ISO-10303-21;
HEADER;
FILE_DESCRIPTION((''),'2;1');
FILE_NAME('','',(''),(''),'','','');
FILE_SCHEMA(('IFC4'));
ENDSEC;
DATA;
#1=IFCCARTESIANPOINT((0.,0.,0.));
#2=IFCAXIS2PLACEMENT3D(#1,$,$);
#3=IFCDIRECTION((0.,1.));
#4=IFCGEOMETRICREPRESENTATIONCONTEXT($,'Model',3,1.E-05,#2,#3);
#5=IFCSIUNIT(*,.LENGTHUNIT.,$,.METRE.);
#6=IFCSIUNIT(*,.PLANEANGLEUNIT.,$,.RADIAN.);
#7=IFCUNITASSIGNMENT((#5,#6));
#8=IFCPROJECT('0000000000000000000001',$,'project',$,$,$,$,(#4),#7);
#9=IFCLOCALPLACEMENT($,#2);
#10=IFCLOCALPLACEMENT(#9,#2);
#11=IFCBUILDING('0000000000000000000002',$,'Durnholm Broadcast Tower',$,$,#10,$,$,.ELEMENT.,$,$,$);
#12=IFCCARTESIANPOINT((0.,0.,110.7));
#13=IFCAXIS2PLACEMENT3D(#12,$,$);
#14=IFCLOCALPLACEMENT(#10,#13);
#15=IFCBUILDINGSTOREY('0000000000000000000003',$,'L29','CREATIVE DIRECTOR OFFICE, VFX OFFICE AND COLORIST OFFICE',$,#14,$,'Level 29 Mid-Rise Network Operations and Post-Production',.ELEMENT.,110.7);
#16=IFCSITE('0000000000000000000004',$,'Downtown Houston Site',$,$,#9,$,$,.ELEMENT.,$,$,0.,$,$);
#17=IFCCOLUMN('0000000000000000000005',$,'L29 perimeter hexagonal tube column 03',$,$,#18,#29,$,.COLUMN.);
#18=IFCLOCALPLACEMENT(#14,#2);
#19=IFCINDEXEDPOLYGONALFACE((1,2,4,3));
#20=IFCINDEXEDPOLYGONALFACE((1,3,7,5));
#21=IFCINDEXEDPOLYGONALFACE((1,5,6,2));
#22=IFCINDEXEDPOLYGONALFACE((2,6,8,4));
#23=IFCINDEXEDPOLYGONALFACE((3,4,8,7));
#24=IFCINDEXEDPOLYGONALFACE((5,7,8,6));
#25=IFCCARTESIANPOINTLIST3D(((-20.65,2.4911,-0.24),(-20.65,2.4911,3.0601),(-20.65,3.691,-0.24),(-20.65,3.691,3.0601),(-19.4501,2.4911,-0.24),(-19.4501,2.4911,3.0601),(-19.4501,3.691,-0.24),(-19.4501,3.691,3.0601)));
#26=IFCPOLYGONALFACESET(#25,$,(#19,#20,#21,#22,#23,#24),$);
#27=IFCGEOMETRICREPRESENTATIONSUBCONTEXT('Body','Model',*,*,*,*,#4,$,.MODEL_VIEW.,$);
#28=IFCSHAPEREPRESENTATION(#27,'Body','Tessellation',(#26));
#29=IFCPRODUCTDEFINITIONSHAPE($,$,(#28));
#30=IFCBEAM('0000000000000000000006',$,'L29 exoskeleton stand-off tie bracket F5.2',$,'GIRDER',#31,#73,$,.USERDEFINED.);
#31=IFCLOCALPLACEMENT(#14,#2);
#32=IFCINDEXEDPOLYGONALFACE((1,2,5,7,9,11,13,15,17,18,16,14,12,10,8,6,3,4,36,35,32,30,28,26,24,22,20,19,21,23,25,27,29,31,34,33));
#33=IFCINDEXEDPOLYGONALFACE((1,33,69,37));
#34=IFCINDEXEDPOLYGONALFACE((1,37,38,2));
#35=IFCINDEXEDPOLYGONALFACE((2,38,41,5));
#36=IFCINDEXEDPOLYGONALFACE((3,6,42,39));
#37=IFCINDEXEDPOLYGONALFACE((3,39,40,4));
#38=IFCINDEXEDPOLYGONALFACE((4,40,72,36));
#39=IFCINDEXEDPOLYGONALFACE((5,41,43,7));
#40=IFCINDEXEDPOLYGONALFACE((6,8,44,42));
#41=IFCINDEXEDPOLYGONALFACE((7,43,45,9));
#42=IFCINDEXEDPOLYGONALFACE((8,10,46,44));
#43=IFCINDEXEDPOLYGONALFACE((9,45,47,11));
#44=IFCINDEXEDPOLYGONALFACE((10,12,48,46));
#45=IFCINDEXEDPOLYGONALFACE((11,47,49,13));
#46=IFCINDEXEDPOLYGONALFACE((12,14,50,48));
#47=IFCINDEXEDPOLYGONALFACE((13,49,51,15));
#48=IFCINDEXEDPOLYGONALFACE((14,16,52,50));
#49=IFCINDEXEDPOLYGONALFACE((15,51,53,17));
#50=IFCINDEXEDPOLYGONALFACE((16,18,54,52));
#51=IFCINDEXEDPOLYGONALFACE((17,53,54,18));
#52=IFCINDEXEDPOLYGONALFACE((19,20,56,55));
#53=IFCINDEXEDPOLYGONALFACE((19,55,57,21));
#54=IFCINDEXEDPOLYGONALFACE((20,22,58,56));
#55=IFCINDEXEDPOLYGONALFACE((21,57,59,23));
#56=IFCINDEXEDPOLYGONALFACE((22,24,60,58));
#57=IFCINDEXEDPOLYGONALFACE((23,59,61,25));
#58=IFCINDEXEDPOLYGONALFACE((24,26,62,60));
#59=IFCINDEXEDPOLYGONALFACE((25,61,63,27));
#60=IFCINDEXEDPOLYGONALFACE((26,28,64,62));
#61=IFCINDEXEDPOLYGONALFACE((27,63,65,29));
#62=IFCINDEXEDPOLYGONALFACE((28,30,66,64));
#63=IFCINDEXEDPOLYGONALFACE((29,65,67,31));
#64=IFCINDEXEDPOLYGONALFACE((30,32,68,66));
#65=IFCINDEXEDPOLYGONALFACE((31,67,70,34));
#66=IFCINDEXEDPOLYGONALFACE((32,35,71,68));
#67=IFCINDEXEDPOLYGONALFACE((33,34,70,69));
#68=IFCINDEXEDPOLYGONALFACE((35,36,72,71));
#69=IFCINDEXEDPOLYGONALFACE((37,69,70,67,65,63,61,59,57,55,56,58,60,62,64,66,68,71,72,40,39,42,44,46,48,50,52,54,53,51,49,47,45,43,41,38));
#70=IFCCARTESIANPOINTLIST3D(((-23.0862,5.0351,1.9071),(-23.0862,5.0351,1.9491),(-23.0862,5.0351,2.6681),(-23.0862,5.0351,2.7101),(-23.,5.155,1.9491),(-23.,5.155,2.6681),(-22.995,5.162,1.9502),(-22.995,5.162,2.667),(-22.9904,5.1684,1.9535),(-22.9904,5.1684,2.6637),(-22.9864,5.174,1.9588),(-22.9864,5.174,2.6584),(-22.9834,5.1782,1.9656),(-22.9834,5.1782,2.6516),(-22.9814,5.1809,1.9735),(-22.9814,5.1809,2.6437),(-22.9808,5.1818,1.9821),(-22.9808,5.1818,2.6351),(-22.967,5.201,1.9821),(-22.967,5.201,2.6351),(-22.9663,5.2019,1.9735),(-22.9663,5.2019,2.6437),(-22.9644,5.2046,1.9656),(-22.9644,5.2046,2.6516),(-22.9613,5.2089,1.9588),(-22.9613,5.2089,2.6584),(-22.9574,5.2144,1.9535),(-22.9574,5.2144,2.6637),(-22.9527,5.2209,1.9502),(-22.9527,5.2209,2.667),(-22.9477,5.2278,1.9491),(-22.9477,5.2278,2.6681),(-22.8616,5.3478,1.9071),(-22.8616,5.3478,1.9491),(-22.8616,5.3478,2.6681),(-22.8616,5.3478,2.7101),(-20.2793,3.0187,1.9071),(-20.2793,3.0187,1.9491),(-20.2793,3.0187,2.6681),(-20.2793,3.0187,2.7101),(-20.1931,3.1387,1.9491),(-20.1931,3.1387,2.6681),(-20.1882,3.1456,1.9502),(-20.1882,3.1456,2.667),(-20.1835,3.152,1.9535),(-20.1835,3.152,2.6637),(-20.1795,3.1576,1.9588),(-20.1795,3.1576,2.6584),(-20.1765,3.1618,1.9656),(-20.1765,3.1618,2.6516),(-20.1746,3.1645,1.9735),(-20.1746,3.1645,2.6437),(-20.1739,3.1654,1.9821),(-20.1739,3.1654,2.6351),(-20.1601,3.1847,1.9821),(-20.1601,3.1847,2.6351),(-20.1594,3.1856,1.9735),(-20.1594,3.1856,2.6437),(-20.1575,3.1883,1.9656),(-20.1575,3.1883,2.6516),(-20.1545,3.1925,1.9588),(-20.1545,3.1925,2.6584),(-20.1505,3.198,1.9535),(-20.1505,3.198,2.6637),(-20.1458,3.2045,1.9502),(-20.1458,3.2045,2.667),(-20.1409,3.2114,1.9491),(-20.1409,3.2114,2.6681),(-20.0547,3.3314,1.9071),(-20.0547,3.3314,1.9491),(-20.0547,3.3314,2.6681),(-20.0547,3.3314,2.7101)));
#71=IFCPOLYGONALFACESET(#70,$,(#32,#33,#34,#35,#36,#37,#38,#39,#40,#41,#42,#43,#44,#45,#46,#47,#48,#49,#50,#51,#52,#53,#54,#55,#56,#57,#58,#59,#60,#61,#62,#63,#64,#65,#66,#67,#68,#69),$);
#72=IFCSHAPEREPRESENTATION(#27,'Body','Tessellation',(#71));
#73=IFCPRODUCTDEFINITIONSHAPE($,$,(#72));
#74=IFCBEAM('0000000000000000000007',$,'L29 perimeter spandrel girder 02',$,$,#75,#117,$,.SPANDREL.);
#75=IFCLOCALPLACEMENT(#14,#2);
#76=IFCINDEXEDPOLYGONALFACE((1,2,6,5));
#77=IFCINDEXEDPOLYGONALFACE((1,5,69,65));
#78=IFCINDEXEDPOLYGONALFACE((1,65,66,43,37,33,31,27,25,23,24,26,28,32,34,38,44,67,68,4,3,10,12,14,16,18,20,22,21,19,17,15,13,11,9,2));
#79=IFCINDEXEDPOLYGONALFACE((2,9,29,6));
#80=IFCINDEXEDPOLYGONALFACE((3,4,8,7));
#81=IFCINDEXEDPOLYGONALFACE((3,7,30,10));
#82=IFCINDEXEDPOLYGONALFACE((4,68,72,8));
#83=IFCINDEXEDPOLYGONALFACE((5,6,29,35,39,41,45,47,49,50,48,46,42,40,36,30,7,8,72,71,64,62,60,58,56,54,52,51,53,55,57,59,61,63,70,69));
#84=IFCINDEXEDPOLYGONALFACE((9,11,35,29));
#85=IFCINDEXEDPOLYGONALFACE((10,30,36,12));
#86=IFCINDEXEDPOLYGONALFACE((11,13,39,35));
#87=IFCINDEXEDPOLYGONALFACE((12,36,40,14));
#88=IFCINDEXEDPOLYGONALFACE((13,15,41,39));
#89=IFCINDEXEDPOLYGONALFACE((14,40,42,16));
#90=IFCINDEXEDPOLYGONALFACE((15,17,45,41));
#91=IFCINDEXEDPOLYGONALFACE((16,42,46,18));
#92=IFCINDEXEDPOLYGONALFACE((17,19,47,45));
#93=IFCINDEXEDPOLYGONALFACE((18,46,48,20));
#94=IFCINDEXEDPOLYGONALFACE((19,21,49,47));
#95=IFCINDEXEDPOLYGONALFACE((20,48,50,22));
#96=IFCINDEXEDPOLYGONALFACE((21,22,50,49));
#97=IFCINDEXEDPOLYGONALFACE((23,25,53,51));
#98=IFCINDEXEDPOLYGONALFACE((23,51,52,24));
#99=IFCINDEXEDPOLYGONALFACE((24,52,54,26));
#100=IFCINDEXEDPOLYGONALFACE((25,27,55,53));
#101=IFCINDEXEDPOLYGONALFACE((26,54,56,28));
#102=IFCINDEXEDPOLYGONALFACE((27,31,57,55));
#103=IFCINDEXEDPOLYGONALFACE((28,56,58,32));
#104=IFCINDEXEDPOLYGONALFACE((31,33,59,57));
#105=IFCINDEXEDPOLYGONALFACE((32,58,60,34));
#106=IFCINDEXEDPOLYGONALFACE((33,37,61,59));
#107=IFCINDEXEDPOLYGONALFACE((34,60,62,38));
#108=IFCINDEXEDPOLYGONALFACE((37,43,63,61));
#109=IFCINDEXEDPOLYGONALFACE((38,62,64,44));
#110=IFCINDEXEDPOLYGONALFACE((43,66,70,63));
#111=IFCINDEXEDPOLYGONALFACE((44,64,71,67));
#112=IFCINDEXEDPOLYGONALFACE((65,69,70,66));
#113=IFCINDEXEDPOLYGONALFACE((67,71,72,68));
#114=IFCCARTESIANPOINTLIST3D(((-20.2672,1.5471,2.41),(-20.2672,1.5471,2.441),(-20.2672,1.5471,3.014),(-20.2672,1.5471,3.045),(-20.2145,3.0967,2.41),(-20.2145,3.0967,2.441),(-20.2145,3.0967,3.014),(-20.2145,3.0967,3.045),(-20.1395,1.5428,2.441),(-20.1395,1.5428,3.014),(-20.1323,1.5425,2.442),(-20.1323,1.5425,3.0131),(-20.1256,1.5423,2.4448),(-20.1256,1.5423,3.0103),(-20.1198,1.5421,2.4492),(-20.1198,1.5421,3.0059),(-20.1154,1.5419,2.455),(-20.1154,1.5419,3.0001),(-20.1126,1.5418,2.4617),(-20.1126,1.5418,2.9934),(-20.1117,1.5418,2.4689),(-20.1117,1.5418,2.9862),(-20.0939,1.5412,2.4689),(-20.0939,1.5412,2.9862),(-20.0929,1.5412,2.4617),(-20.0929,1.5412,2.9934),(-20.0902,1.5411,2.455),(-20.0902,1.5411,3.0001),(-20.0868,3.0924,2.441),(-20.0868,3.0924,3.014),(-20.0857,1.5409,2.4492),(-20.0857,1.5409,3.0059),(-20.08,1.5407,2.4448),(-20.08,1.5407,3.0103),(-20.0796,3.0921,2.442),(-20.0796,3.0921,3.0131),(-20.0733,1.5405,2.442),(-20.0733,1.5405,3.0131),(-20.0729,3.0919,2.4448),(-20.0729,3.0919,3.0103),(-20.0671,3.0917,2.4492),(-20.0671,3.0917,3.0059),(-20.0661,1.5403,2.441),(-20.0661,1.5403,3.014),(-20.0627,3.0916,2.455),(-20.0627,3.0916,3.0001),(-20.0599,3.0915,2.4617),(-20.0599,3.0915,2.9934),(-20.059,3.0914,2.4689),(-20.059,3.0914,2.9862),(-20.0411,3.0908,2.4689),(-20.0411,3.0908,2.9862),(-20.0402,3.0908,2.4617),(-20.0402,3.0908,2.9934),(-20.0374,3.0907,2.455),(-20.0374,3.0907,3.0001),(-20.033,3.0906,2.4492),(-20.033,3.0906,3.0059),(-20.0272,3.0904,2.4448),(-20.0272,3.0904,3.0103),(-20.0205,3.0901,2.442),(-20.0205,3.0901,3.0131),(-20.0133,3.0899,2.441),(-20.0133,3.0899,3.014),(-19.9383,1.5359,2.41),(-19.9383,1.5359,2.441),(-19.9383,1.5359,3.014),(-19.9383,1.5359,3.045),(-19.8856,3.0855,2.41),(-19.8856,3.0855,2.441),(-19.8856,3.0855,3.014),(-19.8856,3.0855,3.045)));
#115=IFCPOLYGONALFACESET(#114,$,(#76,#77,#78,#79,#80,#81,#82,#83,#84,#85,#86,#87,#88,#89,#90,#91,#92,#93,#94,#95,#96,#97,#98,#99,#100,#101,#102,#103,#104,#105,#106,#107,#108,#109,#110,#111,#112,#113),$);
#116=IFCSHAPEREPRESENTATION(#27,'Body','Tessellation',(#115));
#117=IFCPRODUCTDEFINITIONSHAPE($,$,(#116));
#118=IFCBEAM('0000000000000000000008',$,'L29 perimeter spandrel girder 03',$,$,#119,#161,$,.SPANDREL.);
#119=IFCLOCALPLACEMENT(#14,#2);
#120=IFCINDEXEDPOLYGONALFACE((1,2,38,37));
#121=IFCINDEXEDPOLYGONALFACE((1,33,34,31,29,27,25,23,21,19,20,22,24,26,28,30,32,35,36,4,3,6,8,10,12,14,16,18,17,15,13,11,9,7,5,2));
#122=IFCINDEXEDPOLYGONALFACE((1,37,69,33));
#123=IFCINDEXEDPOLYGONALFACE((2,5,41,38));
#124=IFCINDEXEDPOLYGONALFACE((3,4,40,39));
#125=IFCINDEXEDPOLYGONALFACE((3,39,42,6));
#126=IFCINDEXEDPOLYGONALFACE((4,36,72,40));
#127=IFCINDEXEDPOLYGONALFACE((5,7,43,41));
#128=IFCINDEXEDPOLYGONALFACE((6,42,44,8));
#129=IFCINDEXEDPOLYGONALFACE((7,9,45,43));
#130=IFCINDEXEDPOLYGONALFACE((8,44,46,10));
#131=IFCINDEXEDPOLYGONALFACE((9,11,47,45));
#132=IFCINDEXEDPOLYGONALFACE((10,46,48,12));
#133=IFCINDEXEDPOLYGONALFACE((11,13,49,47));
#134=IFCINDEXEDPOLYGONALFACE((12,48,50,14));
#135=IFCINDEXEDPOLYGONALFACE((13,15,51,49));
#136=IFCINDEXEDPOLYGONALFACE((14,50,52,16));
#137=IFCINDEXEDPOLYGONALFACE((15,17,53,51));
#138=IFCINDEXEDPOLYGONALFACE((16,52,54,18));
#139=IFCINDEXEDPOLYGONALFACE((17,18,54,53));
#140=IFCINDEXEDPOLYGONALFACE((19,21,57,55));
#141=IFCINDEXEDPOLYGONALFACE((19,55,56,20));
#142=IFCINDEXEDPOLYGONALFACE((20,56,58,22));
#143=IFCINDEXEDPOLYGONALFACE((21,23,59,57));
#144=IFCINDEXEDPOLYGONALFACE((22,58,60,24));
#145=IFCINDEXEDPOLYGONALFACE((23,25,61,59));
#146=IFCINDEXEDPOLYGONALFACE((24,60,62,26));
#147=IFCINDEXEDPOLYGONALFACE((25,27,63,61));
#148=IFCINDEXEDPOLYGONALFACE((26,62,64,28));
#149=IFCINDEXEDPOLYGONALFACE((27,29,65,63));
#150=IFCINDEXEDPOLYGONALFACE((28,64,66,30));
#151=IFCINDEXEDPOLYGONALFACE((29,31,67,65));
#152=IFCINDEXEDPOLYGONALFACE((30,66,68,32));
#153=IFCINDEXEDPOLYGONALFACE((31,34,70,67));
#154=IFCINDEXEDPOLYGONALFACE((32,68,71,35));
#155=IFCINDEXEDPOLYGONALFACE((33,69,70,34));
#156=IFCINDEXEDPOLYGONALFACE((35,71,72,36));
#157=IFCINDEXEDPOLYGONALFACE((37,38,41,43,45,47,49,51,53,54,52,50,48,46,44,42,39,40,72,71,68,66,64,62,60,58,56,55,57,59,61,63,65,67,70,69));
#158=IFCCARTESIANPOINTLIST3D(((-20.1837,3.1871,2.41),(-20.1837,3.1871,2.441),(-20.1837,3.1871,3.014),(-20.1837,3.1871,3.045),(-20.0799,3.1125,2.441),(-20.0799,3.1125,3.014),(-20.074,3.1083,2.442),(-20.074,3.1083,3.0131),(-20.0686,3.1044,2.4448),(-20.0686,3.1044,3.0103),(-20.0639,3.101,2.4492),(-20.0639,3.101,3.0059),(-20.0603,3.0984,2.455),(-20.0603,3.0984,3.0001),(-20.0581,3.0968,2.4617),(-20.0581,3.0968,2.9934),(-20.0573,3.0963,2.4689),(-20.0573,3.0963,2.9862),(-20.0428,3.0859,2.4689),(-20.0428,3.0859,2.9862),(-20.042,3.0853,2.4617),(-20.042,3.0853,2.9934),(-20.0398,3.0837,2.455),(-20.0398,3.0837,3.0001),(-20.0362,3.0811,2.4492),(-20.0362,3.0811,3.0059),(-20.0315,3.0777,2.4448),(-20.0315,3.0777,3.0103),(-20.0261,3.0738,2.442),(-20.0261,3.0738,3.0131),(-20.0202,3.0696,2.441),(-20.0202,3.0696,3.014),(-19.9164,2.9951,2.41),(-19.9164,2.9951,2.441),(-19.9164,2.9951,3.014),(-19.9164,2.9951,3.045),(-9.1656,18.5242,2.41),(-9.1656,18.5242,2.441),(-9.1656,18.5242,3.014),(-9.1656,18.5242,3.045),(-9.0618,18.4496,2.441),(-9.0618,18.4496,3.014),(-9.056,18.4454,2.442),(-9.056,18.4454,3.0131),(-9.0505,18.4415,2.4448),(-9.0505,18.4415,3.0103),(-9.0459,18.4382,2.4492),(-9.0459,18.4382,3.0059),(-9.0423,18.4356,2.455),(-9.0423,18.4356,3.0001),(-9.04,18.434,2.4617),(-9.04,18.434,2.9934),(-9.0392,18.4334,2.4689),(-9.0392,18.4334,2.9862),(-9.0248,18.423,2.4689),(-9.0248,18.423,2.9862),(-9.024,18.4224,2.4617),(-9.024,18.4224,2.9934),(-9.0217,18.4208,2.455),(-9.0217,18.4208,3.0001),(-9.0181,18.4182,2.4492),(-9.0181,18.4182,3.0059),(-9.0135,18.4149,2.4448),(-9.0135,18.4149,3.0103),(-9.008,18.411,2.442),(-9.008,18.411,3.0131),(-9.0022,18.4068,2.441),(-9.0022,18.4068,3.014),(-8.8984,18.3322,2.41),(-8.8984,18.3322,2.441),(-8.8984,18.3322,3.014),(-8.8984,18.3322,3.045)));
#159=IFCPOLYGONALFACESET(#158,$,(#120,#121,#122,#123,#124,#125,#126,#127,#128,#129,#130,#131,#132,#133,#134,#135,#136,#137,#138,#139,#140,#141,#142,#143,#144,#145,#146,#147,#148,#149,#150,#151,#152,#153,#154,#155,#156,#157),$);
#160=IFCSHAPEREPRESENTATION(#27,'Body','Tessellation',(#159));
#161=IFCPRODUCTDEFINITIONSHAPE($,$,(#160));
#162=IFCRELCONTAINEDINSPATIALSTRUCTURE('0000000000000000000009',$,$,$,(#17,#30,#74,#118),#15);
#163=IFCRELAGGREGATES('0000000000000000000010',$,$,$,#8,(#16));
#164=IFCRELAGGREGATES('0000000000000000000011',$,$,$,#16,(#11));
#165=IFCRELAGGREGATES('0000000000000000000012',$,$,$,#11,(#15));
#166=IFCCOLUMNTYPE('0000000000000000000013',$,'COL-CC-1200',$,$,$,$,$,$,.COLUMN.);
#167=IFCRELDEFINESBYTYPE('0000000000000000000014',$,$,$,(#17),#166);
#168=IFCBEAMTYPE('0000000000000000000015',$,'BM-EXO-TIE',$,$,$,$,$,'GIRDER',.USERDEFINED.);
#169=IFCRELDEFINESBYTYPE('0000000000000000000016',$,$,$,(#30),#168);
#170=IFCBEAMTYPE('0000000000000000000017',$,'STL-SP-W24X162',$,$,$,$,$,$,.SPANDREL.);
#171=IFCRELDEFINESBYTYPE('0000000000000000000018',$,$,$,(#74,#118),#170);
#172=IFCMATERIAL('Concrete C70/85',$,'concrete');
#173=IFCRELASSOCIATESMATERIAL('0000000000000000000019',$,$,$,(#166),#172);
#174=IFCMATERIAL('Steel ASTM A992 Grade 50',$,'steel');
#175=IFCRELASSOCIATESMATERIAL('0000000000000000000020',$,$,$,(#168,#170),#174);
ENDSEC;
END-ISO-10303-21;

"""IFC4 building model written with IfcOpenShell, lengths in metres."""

from ifc_helpers import new_model, si_unit, direction, frame, origin, origin_2d, place, context, subcontext, project, spatial, rectangle, i_section, extrude, source, transform, mapped, material, material_profile, profile_set, type_object, type_shapes, element, save


model = new_model("IFC4")

# Units and contexts
model_context = context("Model", 3, precision=1e-05, world=origin(), true_north=direction((0.0, 1.0)))
body_context = subcontext(model_context, "Body", "Model", "MODEL_VIEW")
ifc_project = project(units=[si_unit("LENGTHUNIT", "METRE"), si_unit("PLANEANGLEUNIT", "RADIAN")], contexts=[model_context])

# Site, building, storey
site_placement = place(None, origin())
site = spatial("IfcSite", under=ifc_project, at=site_placement, Name="Downtown Houston Site", CompositionType="ELEMENT", RefElevation=0.0)
building_placement = place(site_placement, origin())
building = spatial("IfcBuilding", under=site, at=building_placement, Name="Durnholm Broadcast Tower", CompositionType="ELEMENT")
storey_placement = place(building_placement, frame((0.0, 0.0, 110.7)))
storey = spatial("IfcBuildingStorey", under=building, at=storey_placement, Name="L29", Description="CREATIVE DIRECTOR OFFICE, VFX OFFICE AND COLORIST OFFICE", LongName="Level 29 Mid-Rise Network Operations and Post-Production", CompositionType="ELEMENT", Elevation=110.7)

# Column
ifc_material_1 = material(Name="Concrete C70/85", Category="concrete")
ifc_material_profile_1 = material_profile(ifc_material_1, rectangle(XDim=1.2, YDim=1.2, at=origin_2d()), Name="RC1200X1200")
ifc_profile_set_1 = profile_set([ifc_material_profile_1], Name="Concrete C70/85")
column_type = type_object("IfcColumnType", Name="COL-CC-1200", PredefinedType="COLUMN", material=ifc_profile_set_1)
shared_shape_1 = source(origin(), body_context, "Body", "SweptSolid", [
    extrude(rectangle(XDim=1.2, YDim=1.2, at=origin_2d()), origin(), (0.0, 0.0, 1.0), 3.3),
])
type_shapes(column_type, [shared_shape_1])
column_placement = place(storey_placement, frame((-20.05, 3.0911, -0.24), z_axis=(0.0, 0.0, 1.0), x_axis=(1.0, 0.0, 0.0)))
element("IfcColumn", 1, at=column_placement, inside=storey, type_object=column_type, Name="L29 perimeter hexagonal tube column 03", PredefinedType="COLUMN", context=body_context, shape_type="MappedRepresentation", body=[
    mapped(shared_shape_1, transform((0.0, 0.0, 0.0), x_axis=(1.0, 0.0, 0.0), y_axis=(0.0, 1.0, 0.0), z_axis=(0.0, 0.0, 1.0), scale=1.0)),
])

# Beams
ifc_material_2 = material(Name="Steel ASTM A992 Grade 50", Category="steel")
ifc_material_profile_2 = material_profile(ifc_material_2, i_section(OverallWidth=0.385, OverallDepth=0.803, WebThickness=0.0237, FlangeThickness=0.042, FilletRadius=0.033, at=origin_2d()), Name="W30X261")
ifc_profile_set_2 = profile_set([ifc_material_profile_2], Name="Steel ASTM A992 Grade 50")
beam_type_1 = type_object("IfcBeamType", Name="BM-EXO-TIE", ElementType="GIRDER", PredefinedType="USERDEFINED", material=ifc_profile_set_2)
shared_shape_2 = source(origin(), body_context, "Body", "SweptSolid", [
    extrude(i_section(OverallWidth=0.385, OverallDepth=0.803, WebThickness=0.0237, FlangeThickness=0.042, FilletRadius=0.033, at=origin_2d()), origin(), (0.0, 0.0, 1.0), 3.4561),
])
type_shapes(beam_type_1, [shared_shape_2])
beam_1_placement = place(storey_placement, frame((-20.167, 3.175, 2.3086), z_axis=(-0.812165, 0.583428, 0.0), x_axis=(-0.583428, -0.812165, 0.0)))
element("IfcBeam", 2, at=beam_1_placement, inside=storey, type_object=beam_type_1, Name="L29 exoskeleton stand-off tie bracket F5.2", ObjectType="GIRDER", PredefinedType="USERDEFINED", context=body_context, shape_type="MappedRepresentation", body=[
    mapped(shared_shape_2, transform((0.0, 0.0, 0.0), x_axis=(1.0, 0.0, 0.0), y_axis=(0.0, 1.0, 0.0), z_axis=(0.0, 0.0, 1.0), scale=1.0)),
])
ifc_material_profile_3 = material_profile(ifc_material_2, i_section(OverallWidth=0.3291, OverallDepth=0.635, WebThickness=0.0178, FlangeThickness=0.031, FilletRadius=0.0278, at=origin_2d()), Name="W24X162")
ifc_profile_set_3 = profile_set([ifc_material_profile_3], Name="Steel ASTM A992 Grade 50")
beam_type_2 = type_object("IfcBeamType", Name="STL-SP-W24X162", PredefinedType="SPANDREL", material=ifc_profile_set_3)
shared_shape_3 = source(origin(), body_context, "Body", "SweptSolid", [
    extrude(i_section(OverallWidth=0.3291, OverallDepth=0.635, WebThickness=0.0178, FlangeThickness=0.031, FilletRadius=0.0278, at=origin_2d()), origin(), (0.0, 0.0, 1.0), 1.5505),
])
beam_2_placement = place(storey_placement, frame((-20.1028, 1.5415, 2.7275), z_axis=(0.034012, 0.999421, 0.0), x_axis=(-0.999421, 0.034012, 0.0)))
element("IfcBeam", 3, at=beam_2_placement, inside=storey, type_object=beam_type_2, Name="L29 perimeter spandrel girder 02", PredefinedType="SPANDREL", context=body_context, shape_type="MappedRepresentation", body=[
    mapped(shared_shape_3, transform((0.0, 0.0, 0.0), x_axis=(1.0, 0.0, 0.0), y_axis=(0.0, 1.0, 0.0), z_axis=(0.0, 0.0, 1.0), scale=1.0)),
])
shared_shape_4 = source(origin(), body_context, "Body", "SweptSolid", [
    extrude(i_section(OverallWidth=0.3291, OverallDepth=0.635, WebThickness=0.0178, FlangeThickness=0.031, FilletRadius=0.0278, at=origin_2d()), origin(), (0.0, 0.0, 1.0), 18.8845),
])
type_shapes(beam_type_2, [shared_shape_3, shared_shape_4])
beam_3_placement = place(storey_placement, frame((-20.05, 3.0911, 2.7275), z_axis=(0.583443, 0.812154, 0.0), x_axis=(-0.812154, 0.583443, 0.0)))
element("IfcBeam", 4, at=beam_3_placement, inside=storey, type_object=beam_type_2, Name="L29 perimeter spandrel girder 03", PredefinedType="SPANDREL", context=body_context, shape_type="MappedRepresentation", body=[
    mapped(shared_shape_4, transform((0.0, 0.0, 0.0), x_axis=(1.0, 0.0, 0.0), y_axis=(0.0, 1.0, 0.0), z_axis=(0.0, 0.0, 1.0), scale=1.0)),
])

save(model, "model.ifc")
